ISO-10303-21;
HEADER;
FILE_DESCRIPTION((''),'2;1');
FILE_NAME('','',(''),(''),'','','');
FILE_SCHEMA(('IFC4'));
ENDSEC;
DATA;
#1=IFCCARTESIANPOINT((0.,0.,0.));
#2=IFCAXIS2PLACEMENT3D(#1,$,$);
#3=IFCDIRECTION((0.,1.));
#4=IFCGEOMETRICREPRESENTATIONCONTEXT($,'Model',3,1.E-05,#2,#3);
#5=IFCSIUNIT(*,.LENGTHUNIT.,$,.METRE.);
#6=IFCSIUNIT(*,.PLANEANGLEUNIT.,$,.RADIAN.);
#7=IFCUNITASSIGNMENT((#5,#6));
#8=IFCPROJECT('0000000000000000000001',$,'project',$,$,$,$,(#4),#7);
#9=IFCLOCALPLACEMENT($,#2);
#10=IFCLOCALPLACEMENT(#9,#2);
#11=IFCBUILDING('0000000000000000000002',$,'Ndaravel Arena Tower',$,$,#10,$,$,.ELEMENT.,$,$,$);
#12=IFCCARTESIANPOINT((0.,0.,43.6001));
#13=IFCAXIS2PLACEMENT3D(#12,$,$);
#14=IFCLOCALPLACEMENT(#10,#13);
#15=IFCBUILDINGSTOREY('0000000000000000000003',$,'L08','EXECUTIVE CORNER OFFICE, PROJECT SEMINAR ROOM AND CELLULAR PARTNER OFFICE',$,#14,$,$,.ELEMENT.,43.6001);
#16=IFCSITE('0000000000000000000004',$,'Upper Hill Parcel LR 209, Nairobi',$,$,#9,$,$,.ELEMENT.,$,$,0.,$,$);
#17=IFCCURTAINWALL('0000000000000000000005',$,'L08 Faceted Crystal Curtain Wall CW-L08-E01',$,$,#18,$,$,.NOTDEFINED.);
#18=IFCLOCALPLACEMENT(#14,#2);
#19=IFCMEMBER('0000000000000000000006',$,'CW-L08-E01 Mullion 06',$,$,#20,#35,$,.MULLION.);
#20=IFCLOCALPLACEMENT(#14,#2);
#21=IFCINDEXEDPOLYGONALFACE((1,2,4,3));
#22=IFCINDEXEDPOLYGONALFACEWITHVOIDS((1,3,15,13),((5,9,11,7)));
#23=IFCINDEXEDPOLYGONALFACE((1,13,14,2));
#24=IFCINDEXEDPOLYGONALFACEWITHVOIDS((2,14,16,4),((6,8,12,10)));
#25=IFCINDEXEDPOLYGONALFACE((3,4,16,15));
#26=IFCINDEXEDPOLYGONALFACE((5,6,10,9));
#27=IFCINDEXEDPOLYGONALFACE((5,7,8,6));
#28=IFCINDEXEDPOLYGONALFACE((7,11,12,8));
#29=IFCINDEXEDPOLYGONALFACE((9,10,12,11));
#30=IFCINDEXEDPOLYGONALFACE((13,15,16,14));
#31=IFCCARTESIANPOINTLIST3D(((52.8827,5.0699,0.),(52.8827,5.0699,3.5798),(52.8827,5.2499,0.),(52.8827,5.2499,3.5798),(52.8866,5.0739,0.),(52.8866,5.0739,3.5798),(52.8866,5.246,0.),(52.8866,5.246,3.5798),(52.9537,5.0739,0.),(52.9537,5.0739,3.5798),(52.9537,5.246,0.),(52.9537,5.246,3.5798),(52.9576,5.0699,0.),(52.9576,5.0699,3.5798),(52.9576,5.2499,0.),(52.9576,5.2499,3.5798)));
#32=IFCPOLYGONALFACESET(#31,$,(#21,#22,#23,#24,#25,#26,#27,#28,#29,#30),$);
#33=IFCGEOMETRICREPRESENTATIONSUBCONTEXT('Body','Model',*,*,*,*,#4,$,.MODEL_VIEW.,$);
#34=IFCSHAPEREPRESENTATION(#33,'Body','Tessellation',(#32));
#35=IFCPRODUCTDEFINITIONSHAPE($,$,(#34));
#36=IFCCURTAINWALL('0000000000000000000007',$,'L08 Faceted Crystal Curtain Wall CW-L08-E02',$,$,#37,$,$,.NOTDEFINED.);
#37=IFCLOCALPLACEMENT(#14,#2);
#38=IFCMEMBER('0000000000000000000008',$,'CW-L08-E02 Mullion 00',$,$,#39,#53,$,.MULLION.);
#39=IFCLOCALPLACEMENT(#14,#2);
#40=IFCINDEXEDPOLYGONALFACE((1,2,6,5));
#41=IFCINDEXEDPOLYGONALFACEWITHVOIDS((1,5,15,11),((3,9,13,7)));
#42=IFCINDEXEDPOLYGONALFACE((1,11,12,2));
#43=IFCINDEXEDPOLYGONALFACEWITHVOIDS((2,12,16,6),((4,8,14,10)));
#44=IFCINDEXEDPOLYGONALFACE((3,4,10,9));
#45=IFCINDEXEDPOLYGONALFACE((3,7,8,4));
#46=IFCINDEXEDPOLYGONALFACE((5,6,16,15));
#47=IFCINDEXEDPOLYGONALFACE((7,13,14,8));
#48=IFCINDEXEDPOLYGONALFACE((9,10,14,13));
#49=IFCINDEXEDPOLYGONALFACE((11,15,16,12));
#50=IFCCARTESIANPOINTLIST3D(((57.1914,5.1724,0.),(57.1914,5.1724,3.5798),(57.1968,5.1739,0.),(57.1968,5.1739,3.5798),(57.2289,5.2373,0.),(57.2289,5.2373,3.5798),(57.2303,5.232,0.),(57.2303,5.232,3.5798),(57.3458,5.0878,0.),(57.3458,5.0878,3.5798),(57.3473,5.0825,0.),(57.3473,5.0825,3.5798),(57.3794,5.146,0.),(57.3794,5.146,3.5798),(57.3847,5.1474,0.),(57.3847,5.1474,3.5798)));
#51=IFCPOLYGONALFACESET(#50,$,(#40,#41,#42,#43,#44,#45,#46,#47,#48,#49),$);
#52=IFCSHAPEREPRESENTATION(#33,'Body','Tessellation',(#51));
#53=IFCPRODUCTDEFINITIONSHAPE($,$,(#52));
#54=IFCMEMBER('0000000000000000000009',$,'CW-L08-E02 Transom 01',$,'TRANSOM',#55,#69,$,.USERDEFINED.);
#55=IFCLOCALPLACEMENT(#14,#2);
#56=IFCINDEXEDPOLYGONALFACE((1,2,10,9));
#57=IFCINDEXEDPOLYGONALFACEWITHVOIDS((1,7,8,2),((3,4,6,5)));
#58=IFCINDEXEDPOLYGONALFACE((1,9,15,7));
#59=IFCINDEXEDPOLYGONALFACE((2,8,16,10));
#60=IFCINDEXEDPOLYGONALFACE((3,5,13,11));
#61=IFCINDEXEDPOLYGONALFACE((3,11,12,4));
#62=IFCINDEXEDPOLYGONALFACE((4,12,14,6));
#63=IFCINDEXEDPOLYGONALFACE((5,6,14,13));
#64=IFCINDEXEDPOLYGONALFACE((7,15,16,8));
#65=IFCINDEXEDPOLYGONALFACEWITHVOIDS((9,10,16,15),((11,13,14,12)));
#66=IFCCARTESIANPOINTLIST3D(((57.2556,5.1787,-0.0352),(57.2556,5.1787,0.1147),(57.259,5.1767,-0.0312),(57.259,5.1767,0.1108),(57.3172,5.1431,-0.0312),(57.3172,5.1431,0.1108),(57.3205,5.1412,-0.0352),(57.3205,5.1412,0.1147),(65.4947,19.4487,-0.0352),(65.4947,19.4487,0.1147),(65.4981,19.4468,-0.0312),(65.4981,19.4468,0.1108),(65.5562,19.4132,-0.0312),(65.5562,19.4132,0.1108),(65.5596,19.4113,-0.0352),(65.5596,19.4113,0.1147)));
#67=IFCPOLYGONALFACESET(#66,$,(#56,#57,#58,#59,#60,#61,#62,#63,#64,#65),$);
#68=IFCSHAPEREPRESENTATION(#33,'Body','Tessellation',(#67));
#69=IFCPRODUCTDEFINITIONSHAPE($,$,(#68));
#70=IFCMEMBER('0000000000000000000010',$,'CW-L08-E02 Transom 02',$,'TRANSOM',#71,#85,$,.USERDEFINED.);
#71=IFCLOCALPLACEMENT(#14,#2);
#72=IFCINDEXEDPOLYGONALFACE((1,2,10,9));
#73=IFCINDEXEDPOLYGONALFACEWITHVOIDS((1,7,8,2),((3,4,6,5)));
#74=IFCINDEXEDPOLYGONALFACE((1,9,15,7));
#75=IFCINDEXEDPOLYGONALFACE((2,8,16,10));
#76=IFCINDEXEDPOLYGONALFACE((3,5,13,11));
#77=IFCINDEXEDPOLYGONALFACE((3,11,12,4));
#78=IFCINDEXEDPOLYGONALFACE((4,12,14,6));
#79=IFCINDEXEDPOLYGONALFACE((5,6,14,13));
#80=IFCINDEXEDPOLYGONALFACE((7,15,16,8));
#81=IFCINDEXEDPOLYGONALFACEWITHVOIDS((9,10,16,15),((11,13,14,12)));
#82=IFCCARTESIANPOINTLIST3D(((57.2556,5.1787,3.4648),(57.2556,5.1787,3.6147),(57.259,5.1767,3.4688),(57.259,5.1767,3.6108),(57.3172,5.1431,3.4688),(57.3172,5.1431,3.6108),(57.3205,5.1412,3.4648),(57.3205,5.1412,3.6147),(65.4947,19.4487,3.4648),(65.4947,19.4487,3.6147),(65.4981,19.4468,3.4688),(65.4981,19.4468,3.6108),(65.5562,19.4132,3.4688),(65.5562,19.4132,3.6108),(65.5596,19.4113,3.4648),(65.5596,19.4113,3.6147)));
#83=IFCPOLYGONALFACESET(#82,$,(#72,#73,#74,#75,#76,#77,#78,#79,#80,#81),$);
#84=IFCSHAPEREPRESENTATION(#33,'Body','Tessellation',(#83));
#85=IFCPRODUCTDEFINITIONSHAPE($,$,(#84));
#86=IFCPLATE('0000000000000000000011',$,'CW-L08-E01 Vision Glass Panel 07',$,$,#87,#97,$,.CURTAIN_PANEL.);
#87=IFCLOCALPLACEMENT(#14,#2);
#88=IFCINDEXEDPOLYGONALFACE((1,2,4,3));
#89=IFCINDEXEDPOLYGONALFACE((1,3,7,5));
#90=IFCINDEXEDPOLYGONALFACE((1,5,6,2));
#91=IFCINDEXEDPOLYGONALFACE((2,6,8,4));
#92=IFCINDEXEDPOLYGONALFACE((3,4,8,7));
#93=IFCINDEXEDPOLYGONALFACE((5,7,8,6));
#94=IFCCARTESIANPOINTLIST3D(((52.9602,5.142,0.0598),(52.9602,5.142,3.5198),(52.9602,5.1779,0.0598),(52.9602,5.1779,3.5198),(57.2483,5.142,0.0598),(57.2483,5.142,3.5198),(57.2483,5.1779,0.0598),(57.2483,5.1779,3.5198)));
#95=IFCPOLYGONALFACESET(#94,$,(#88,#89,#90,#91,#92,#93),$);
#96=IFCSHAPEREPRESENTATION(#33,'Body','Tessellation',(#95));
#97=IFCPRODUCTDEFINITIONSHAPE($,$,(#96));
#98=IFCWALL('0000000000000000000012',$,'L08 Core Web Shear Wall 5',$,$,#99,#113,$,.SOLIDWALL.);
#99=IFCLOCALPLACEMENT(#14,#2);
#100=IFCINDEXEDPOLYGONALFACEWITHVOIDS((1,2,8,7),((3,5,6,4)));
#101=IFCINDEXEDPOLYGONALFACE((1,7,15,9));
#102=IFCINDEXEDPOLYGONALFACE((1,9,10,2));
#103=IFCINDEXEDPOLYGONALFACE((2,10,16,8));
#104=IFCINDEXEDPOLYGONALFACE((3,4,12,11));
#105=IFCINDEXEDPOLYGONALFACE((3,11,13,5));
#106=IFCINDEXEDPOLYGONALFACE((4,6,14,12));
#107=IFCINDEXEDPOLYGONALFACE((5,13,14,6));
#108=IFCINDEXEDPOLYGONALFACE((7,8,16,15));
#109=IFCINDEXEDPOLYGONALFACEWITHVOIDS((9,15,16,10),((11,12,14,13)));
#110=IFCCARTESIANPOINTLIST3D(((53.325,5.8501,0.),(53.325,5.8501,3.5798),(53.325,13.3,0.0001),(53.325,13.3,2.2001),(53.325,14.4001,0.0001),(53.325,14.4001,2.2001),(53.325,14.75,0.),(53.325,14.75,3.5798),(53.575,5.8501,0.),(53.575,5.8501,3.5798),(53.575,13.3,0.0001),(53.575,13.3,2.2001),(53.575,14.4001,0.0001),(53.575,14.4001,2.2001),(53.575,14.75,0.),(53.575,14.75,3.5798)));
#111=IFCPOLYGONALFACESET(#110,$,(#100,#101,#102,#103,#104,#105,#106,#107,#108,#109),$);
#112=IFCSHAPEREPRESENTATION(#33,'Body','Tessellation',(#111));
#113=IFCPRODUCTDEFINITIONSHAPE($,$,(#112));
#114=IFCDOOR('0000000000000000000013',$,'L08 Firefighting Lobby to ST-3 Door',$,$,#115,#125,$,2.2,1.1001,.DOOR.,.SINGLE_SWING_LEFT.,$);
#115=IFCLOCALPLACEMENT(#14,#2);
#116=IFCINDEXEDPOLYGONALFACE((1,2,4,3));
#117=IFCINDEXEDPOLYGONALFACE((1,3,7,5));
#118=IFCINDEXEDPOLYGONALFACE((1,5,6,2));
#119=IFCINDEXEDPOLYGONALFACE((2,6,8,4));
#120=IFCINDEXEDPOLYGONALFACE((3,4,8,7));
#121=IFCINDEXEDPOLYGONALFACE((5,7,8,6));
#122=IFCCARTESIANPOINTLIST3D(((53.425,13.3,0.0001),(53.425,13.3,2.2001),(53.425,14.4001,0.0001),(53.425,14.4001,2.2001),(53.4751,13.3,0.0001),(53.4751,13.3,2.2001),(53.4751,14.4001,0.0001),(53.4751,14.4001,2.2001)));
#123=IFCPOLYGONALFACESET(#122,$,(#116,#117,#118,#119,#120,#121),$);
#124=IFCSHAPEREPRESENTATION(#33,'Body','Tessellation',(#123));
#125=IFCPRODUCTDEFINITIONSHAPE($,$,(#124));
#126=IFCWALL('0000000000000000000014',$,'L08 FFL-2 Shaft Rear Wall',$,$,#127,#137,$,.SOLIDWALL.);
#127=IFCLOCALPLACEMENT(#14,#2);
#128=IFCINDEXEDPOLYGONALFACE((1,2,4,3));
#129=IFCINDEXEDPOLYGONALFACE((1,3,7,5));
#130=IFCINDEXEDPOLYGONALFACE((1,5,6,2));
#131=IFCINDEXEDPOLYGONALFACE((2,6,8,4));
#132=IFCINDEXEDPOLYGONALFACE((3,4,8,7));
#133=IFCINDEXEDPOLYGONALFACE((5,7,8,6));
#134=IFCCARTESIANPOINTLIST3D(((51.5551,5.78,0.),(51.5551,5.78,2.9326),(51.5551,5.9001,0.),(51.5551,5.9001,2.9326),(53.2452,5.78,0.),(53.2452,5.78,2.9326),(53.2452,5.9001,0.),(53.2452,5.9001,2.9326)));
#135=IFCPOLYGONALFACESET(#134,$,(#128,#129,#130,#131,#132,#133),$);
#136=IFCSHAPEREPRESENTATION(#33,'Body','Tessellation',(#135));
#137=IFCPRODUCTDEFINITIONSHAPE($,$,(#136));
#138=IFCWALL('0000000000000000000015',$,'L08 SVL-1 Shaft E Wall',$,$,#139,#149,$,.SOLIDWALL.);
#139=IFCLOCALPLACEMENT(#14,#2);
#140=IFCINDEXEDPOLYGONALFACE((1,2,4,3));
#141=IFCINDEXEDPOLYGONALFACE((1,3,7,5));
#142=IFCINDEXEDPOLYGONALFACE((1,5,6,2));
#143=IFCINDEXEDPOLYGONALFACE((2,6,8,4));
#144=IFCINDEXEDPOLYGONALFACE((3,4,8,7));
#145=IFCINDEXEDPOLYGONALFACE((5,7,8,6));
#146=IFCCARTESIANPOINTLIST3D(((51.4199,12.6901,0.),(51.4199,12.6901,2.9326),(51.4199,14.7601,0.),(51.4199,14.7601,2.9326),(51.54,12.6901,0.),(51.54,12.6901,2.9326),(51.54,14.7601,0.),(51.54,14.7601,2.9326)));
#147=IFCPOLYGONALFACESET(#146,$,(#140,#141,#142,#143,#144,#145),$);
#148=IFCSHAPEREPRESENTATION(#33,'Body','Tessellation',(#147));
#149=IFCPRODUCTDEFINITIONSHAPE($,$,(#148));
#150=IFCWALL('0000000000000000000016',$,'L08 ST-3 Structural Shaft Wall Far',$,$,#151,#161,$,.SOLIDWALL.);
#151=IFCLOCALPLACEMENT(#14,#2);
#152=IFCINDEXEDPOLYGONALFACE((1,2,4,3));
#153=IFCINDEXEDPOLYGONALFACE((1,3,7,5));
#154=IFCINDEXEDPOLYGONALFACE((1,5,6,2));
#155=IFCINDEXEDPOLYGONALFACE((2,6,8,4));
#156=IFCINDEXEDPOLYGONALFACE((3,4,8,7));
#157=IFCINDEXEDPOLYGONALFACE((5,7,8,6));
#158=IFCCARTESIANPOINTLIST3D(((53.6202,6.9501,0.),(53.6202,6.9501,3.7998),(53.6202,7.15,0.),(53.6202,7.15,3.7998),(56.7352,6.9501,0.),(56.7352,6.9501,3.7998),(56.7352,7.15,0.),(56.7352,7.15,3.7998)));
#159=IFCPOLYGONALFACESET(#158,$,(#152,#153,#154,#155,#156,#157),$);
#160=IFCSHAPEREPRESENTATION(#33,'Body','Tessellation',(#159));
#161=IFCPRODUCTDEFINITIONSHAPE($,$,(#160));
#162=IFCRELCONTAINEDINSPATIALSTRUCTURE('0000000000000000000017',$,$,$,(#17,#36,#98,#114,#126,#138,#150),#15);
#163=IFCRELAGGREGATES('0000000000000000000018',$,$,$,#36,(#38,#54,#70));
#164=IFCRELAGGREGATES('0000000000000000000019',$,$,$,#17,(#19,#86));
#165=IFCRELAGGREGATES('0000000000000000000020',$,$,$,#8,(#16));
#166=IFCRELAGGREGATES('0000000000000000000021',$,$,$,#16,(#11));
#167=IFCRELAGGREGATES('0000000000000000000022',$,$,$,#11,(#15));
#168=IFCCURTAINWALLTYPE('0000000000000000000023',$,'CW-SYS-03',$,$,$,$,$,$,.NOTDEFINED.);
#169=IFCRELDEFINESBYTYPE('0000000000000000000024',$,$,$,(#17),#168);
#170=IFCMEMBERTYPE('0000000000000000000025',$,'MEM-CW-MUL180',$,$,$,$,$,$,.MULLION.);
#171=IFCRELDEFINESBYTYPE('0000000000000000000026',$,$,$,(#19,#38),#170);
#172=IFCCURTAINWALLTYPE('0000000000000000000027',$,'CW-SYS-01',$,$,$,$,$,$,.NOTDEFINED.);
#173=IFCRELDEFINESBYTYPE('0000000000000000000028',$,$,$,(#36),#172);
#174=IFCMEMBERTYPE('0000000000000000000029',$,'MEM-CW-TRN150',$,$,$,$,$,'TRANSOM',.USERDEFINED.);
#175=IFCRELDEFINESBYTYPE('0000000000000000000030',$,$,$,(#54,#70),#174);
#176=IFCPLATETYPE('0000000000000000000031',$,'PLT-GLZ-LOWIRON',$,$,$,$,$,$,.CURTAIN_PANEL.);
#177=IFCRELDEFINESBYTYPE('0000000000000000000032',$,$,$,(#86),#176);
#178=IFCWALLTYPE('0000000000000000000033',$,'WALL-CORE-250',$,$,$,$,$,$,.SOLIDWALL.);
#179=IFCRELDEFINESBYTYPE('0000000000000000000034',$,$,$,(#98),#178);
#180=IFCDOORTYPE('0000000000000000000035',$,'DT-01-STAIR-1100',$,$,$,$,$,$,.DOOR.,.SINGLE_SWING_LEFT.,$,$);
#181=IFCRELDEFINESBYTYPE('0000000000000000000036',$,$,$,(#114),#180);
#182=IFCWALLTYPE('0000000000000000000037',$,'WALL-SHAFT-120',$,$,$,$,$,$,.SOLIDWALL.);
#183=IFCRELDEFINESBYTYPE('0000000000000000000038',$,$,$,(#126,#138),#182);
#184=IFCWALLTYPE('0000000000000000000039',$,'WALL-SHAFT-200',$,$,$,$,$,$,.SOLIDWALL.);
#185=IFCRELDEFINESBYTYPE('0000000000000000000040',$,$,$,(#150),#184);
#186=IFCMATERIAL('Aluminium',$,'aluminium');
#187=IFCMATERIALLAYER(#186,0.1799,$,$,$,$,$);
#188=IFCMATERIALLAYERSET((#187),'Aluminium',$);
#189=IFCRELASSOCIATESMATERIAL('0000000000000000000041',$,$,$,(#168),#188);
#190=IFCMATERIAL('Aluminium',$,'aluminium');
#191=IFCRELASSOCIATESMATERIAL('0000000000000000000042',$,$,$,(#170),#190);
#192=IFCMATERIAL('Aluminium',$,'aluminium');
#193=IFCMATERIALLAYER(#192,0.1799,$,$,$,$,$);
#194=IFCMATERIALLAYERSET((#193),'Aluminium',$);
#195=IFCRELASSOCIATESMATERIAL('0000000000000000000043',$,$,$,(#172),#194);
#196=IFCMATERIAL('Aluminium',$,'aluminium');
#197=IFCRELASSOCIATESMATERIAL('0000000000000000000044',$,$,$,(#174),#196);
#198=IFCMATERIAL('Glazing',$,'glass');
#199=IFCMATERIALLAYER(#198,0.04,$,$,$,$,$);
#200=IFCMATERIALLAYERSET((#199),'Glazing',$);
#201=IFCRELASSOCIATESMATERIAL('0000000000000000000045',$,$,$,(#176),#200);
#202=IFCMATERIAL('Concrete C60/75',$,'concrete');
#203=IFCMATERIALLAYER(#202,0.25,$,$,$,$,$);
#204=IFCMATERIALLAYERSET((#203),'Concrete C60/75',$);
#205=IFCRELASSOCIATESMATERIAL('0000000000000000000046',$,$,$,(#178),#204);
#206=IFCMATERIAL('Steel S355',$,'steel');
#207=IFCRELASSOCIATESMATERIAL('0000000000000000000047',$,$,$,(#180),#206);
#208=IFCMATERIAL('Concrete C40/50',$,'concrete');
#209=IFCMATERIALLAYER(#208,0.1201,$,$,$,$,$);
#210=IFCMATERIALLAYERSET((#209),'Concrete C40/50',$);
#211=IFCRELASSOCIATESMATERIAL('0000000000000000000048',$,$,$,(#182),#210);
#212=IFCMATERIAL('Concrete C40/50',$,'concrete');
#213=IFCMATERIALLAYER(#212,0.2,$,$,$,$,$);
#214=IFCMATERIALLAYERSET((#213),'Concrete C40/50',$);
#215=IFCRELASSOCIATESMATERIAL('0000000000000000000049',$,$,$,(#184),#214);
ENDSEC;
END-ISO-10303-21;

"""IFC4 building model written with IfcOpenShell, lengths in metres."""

from ifc_helpers import new_model, si_unit, direction, frame, frame_2d, origin, origin_2d, place, context, subcontext, project, spatial, rectangle, hollow_rectangle, extrude, material, layer, layer_set, material_profile, profile_set, type_object, element, fill, aggregate, save


model = new_model("IFC4")

# Units and contexts
model_context = context("Model", 3, precision=1e-05, world=origin(), true_north=direction((0.0, 1.0)))
body_context = subcontext(model_context, "Body", "Model", "MODEL_VIEW")
ifc_project = project(units=[si_unit("LENGTHUNIT", "METRE"), si_unit("PLANEANGLEUNIT", "RADIAN")], contexts=[model_context])

# Site, building, storey
site_placement = place(None, origin())
site = spatial("IfcSite", under=ifc_project, at=site_placement, Name="Upper Hill Parcel LR 209, Nairobi", CompositionType="ELEMENT", RefElevation=0.0)
building_placement = place(site_placement, origin())
building = spatial("IfcBuilding", under=site, at=building_placement, Name="Ndaravel Arena Tower", CompositionType="ELEMENT")
storey_placement = place(building_placement, frame((0.0, 0.0, 43.6001)))
storey = spatial("IfcBuildingStorey", under=building, at=storey_placement, Name="L08", Description="EXECUTIVE CORNER OFFICE, PROJECT SEMINAR ROOM AND CELLULAR PARTNER OFFICE", CompositionType="ELEMENT", Elevation=43.6001)

# Curtain wall, member
ifc_material_1 = material(Name="Aluminium", Category="aluminium")
ifc_layer_1 = layer(ifc_material_1, 0.1799)
ifc_layer_set_1 = layer_set([ifc_layer_1], Name="Aluminium")
curtain_wall_type_1 = type_object("IfcCurtainWallType", Name="CW-SYS-03", PredefinedType="NOTDEFINED", material=ifc_layer_set_1)
curtain_wall_1_placement = place(storey_placement, origin())
curtain_wall_1 = element("IfcCurtainWall", 1, at=curtain_wall_1_placement, inside=storey, type_object=curtain_wall_type_1, Name="L08 Faceted Crystal Curtain Wall CW-L08-E01", PredefinedType="NOTDEFINED")
ifc_material_2 = material(Name="Aluminium", Category="aluminium")
ifc_material_profile_1 = material_profile(ifc_material_2, hollow_rectangle(XDim=0.075, YDim=0.1799, WallThickness=0.0039, at=origin_2d()), Name="CW MULLION 75x180x4")
ifc_profile_set_1 = profile_set([ifc_material_profile_1], Name="Aluminium")
member_type_1 = type_object("IfcMemberType", Name="MEM-CW-MUL180", PredefinedType="MULLION", material=ifc_profile_set_1)
member_1_placement = place(storey_placement, frame((52.9202, 5.1599, 0.0), z_axis=(0.0, 0.0, 1.0), x_axis=(1.0, 0.0, 0.0)))
member_1 = element("IfcMember", 2, at=member_1_placement, type_object=member_type_1, Name="CW-L08-E01 Mullion 06", PredefinedType="MULLION", context=body_context, shape_type="SweptSolid", body=[
    extrude(hollow_rectangle(XDim=0.075, YDim=0.1799, WallThickness=0.0039, at=origin_2d()), origin(), (0.0, 0.0, 1.0), 3.5798),
])

# Curtain wall, members
ifc_material_3 = material(Name="Aluminium", Category="aluminium")
ifc_layer_2 = layer(ifc_material_3, 0.1799)
ifc_layer_set_2 = layer_set([ifc_layer_2], Name="Aluminium")
curtain_wall_type_2 = type_object("IfcCurtainWallType", Name="CW-SYS-01", PredefinedType="NOTDEFINED", material=ifc_layer_set_2)
curtain_wall_2_placement = place(storey_placement, origin())
curtain_wall_2 = element("IfcCurtainWall", 3, at=curtain_wall_2_placement, inside=storey, type_object=curtain_wall_type_2, Name="L08 Faceted Crystal Curtain Wall CW-L08-E02", PredefinedType="NOTDEFINED")
member_2_placement = place(storey_placement, frame((57.2881, 5.1599, 0.0), z_axis=(0.0, 0.0, 1.0), x_axis=(0.5, 0.866025, 0.0)))
member_2 = element("IfcMember", 4, at=member_2_placement, type_object=member_type_1, Name="CW-L08-E02 Mullion 00", PredefinedType="MULLION", context=body_context, shape_type="SweptSolid", body=[
    extrude(hollow_rectangle(XDim=0.075, YDim=0.1799, WallThickness=0.0039, at=origin_2d()), origin(), (0.0, 0.0, 1.0), 3.5798),
])
ifc_material_4 = material(Name="Aluminium", Category="aluminium")
ifc_material_profile_2 = material_profile(ifc_material_4, hollow_rectangle(XDim=0.075, YDim=0.1499, WallThickness=0.0039, at=origin_2d()), Name="CW TRANSOM 75x150x4")
ifc_profile_set_2 = profile_set([ifc_material_profile_2], Name="Aluminium")
member_type_2 = type_object("IfcMemberType", Name="MEM-CW-TRN150", ElementType="TRANSOM", PredefinedType="USERDEFINED", material=ifc_profile_set_2)
member_3_placement = place(storey_placement, frame((57.2881, 5.1599, 0.0398), z_axis=(0.50001, 0.86602, 0.0), x_axis=(-0.86602, 0.50001, 0.0)))
member_3 = element("IfcMember", 5, at=member_3_placement, type_object=member_type_2, Name="CW-L08-E02 Transom 01", ObjectType="TRANSOM", PredefinedType="USERDEFINED", context=body_context, shape_type="SweptSolid", body=[
    extrude(hollow_rectangle(XDim=0.075, YDim=0.1499, WallThickness=0.0039, at=origin_2d()), origin(), (0.0, 0.0, 1.0), 16.4778),
])
member_4_placement = place(storey_placement, frame((57.2881, 5.1599, 3.5398), z_axis=(0.50001, 0.86602, 0.0), x_axis=(-0.86602, 0.50001, 0.0)))
member_4 = element("IfcMember", 6, at=member_4_placement, type_object=member_type_2, Name="CW-L08-E02 Transom 02", ObjectType="TRANSOM", PredefinedType="USERDEFINED", context=body_context, shape_type="SweptSolid", body=[
    extrude(hollow_rectangle(XDim=0.075, YDim=0.1499, WallThickness=0.0039, at=origin_2d()), origin(), (0.0, 0.0, 1.0), 16.4778),
])
aggregate(curtain_wall_2, [member_2, member_3, member_4])

# Plate
ifc_material_5 = material(Name="Glazing", Category="glass")
ifc_layer_3 = layer(ifc_material_5, 0.04)
ifc_layer_set_3 = layer_set([ifc_layer_3], Name="Glazing")
plate_type = type_object("IfcPlateType", Name="PLT-GLZ-LOWIRON", PredefinedType="CURTAIN_PANEL", material=ifc_layer_set_3)
plate_placement = place(storey_placement, frame((55.1042, 5.1599, 0.0598), z_axis=(0.0, 0.0, 1.0), x_axis=(1.0, 0.0, 0.0)))
plate = element("IfcPlate", 7, at=plate_placement, type_object=plate_type, Name="CW-L08-E01 Vision Glass Panel 07", PredefinedType="CURTAIN_PANEL", context=body_context, shape_type="SweptSolid", body=[
    extrude(rectangle(XDim=4.2881, YDim=0.0359, at=origin_2d()), origin(), (0.0, 0.0, 1.0), 3.46),
])
aggregate(curtain_wall_1, [member_1, plate])

# Wall, opening, door
ifc_material_6 = material(Name="Concrete C60/75", Category="concrete")
ifc_layer_4 = layer(ifc_material_6, 0.25)
ifc_layer_set_4 = layer_set([ifc_layer_4], Name="Concrete C60/75")
wall_type_1 = type_object("IfcWallType", Name="WALL-CORE-250", PredefinedType="SOLIDWALL", material=ifc_layer_set_4)
wall_1_placement = place(storey_placement, frame((53.45, 5.8501, 0.0), z_axis=(0.0, 0.0, 1.0), x_axis=(0.0, 1.0, 0.0)))
wall_1 = element("IfcWall", 8, at=wall_1_placement, inside=storey, type_object=wall_type_1, Name="L08 Core Web Shear Wall 5", PredefinedType="SOLIDWALL", context=body_context, shape_type="SweptSolid", body=[
    extrude(rectangle(XDim=8.8999, YDim=0.25, at=frame_2d((4.45, 0.0))), origin(), (0.0, 0.0, 1.0), 3.5798),
])
opening_1_placement = place(wall_1_placement, frame((7.45, 0.0, 0.0)))
opening_1 = element("IfcOpeningElement", 9, at=opening_1_placement, cuts=wall_1, PredefinedType="OPENING", context=body_context, shape_type="SweptSolid", body=[
    extrude(rectangle(XDim=1.1001, YDim=2.2, at=frame_2d((0.55, 1.1001))), frame((0.0, 0.125, 0.0), z_axis=(0.0, -1.0, 0.0), x_axis=(1.0, 0.0, 0.0)), (0.0, 0.0, 1.0), 0.25),
])
ifc_material_7 = material(Name="Steel S355", Category="steel")
door_type_1 = type_object("IfcDoorType", Name="DT-01-STAIR-1100", OperationType="SINGLE_SWING_LEFT", PredefinedType="DOOR", material=ifc_material_7)
door_1_placement = place(opening_1_placement, origin())
door_1 = element("IfcDoor", 10, at=door_1_placement, inside=storey, type_object=door_type_1, Name="L08 Firefighting Lobby to ST-3 Door", OperationType="SINGLE_SWING_LEFT", OverallHeight=2.2, OverallWidth=1.1001, PredefinedType="DOOR", context=body_context, shape_type="SweptSolid", body=[
    extrude(rectangle(XDim=1.1001, YDim=2.2, at=frame_2d((0.55, 1.1001))), frame((0.0, 0.0249, 0.0), z_axis=(0.0, -1.0, 0.0), x_axis=(1.0, 0.0, 0.0)), (0.0, 0.0, 1.0), 0.05),
])
fill(opening_1, door_1)

# Walls
ifc_material_8 = material(Name="Concrete C40/50", Category="concrete")
ifc_layer_5 = layer(ifc_material_8, 0.1201)
ifc_layer_set_5 = layer_set([ifc_layer_5], Name="Concrete C40/50")
wall_type_2 = type_object("IfcWallType", Name="WALL-SHAFT-120", PredefinedType="SOLIDWALL", material=ifc_layer_set_5)
wall_2_placement = place(storey_placement, frame((51.5549, 5.8401, 0.0), z_axis=(0.0, 0.0, 1.0), x_axis=(1.0, 0.0, 0.0)))
element("IfcWall", 11, at=wall_2_placement, inside=storey, type_object=wall_type_2, Name="L08 FFL-2 Shaft Rear Wall", PredefinedType="SOLIDWALL", context=body_context, shape_type="SweptSolid", body=[
    extrude(rectangle(XDim=1.6902, YDim=0.1201, at=frame_2d((0.8452, 0.0))), origin(), (0.0, 0.0, 1.0), 2.9326),
])
wall_3_placement = place(storey_placement, frame((51.48, 12.6899, 0.0), z_axis=(0.0, 0.0, 1.0), x_axis=(0.0, 1.0, 0.0)))
element("IfcWall", 12, at=wall_3_placement, inside=storey, type_object=wall_type_2, Name="L08 SVL-1 Shaft E Wall", PredefinedType="SOLIDWALL", context=body_context, shape_type="SweptSolid", body=[
    extrude(rectangle(XDim=2.0701, YDim=0.1201, at=frame_2d((1.0352, 0.0))), origin(), (0.0, 0.0, 1.0), 2.9326),
])
ifc_material_9 = material(Name="Concrete C40/50", Category="concrete")
ifc_layer_6 = layer(ifc_material_9, 0.2)
ifc_layer_set_6 = layer_set([ifc_layer_6], Name="Concrete C40/50")
wall_type_3 = type_object("IfcWallType", Name="WALL-SHAFT-200", PredefinedType="SOLIDWALL", material=ifc_layer_set_6)
wall_4_placement = place(storey_placement, frame((53.6201, 7.05, 0.0), z_axis=(0.0, 0.0, 1.0), x_axis=(1.0, 0.0, 0.0)))
element("IfcWall", 13, at=wall_4_placement, inside=storey, type_object=wall_type_3, Name="L08 ST-3 Structural Shaft Wall Far", PredefinedType="SOLIDWALL", context=body_context, shape_type="SweptSolid", body=[
    extrude(rectangle(XDim=3.115, YDim=0.2, at=frame_2d((1.5576, 0.0))), origin(), (0.0, 0.0, 1.0), 3.7998),
])

save(model, "model.ifc")
